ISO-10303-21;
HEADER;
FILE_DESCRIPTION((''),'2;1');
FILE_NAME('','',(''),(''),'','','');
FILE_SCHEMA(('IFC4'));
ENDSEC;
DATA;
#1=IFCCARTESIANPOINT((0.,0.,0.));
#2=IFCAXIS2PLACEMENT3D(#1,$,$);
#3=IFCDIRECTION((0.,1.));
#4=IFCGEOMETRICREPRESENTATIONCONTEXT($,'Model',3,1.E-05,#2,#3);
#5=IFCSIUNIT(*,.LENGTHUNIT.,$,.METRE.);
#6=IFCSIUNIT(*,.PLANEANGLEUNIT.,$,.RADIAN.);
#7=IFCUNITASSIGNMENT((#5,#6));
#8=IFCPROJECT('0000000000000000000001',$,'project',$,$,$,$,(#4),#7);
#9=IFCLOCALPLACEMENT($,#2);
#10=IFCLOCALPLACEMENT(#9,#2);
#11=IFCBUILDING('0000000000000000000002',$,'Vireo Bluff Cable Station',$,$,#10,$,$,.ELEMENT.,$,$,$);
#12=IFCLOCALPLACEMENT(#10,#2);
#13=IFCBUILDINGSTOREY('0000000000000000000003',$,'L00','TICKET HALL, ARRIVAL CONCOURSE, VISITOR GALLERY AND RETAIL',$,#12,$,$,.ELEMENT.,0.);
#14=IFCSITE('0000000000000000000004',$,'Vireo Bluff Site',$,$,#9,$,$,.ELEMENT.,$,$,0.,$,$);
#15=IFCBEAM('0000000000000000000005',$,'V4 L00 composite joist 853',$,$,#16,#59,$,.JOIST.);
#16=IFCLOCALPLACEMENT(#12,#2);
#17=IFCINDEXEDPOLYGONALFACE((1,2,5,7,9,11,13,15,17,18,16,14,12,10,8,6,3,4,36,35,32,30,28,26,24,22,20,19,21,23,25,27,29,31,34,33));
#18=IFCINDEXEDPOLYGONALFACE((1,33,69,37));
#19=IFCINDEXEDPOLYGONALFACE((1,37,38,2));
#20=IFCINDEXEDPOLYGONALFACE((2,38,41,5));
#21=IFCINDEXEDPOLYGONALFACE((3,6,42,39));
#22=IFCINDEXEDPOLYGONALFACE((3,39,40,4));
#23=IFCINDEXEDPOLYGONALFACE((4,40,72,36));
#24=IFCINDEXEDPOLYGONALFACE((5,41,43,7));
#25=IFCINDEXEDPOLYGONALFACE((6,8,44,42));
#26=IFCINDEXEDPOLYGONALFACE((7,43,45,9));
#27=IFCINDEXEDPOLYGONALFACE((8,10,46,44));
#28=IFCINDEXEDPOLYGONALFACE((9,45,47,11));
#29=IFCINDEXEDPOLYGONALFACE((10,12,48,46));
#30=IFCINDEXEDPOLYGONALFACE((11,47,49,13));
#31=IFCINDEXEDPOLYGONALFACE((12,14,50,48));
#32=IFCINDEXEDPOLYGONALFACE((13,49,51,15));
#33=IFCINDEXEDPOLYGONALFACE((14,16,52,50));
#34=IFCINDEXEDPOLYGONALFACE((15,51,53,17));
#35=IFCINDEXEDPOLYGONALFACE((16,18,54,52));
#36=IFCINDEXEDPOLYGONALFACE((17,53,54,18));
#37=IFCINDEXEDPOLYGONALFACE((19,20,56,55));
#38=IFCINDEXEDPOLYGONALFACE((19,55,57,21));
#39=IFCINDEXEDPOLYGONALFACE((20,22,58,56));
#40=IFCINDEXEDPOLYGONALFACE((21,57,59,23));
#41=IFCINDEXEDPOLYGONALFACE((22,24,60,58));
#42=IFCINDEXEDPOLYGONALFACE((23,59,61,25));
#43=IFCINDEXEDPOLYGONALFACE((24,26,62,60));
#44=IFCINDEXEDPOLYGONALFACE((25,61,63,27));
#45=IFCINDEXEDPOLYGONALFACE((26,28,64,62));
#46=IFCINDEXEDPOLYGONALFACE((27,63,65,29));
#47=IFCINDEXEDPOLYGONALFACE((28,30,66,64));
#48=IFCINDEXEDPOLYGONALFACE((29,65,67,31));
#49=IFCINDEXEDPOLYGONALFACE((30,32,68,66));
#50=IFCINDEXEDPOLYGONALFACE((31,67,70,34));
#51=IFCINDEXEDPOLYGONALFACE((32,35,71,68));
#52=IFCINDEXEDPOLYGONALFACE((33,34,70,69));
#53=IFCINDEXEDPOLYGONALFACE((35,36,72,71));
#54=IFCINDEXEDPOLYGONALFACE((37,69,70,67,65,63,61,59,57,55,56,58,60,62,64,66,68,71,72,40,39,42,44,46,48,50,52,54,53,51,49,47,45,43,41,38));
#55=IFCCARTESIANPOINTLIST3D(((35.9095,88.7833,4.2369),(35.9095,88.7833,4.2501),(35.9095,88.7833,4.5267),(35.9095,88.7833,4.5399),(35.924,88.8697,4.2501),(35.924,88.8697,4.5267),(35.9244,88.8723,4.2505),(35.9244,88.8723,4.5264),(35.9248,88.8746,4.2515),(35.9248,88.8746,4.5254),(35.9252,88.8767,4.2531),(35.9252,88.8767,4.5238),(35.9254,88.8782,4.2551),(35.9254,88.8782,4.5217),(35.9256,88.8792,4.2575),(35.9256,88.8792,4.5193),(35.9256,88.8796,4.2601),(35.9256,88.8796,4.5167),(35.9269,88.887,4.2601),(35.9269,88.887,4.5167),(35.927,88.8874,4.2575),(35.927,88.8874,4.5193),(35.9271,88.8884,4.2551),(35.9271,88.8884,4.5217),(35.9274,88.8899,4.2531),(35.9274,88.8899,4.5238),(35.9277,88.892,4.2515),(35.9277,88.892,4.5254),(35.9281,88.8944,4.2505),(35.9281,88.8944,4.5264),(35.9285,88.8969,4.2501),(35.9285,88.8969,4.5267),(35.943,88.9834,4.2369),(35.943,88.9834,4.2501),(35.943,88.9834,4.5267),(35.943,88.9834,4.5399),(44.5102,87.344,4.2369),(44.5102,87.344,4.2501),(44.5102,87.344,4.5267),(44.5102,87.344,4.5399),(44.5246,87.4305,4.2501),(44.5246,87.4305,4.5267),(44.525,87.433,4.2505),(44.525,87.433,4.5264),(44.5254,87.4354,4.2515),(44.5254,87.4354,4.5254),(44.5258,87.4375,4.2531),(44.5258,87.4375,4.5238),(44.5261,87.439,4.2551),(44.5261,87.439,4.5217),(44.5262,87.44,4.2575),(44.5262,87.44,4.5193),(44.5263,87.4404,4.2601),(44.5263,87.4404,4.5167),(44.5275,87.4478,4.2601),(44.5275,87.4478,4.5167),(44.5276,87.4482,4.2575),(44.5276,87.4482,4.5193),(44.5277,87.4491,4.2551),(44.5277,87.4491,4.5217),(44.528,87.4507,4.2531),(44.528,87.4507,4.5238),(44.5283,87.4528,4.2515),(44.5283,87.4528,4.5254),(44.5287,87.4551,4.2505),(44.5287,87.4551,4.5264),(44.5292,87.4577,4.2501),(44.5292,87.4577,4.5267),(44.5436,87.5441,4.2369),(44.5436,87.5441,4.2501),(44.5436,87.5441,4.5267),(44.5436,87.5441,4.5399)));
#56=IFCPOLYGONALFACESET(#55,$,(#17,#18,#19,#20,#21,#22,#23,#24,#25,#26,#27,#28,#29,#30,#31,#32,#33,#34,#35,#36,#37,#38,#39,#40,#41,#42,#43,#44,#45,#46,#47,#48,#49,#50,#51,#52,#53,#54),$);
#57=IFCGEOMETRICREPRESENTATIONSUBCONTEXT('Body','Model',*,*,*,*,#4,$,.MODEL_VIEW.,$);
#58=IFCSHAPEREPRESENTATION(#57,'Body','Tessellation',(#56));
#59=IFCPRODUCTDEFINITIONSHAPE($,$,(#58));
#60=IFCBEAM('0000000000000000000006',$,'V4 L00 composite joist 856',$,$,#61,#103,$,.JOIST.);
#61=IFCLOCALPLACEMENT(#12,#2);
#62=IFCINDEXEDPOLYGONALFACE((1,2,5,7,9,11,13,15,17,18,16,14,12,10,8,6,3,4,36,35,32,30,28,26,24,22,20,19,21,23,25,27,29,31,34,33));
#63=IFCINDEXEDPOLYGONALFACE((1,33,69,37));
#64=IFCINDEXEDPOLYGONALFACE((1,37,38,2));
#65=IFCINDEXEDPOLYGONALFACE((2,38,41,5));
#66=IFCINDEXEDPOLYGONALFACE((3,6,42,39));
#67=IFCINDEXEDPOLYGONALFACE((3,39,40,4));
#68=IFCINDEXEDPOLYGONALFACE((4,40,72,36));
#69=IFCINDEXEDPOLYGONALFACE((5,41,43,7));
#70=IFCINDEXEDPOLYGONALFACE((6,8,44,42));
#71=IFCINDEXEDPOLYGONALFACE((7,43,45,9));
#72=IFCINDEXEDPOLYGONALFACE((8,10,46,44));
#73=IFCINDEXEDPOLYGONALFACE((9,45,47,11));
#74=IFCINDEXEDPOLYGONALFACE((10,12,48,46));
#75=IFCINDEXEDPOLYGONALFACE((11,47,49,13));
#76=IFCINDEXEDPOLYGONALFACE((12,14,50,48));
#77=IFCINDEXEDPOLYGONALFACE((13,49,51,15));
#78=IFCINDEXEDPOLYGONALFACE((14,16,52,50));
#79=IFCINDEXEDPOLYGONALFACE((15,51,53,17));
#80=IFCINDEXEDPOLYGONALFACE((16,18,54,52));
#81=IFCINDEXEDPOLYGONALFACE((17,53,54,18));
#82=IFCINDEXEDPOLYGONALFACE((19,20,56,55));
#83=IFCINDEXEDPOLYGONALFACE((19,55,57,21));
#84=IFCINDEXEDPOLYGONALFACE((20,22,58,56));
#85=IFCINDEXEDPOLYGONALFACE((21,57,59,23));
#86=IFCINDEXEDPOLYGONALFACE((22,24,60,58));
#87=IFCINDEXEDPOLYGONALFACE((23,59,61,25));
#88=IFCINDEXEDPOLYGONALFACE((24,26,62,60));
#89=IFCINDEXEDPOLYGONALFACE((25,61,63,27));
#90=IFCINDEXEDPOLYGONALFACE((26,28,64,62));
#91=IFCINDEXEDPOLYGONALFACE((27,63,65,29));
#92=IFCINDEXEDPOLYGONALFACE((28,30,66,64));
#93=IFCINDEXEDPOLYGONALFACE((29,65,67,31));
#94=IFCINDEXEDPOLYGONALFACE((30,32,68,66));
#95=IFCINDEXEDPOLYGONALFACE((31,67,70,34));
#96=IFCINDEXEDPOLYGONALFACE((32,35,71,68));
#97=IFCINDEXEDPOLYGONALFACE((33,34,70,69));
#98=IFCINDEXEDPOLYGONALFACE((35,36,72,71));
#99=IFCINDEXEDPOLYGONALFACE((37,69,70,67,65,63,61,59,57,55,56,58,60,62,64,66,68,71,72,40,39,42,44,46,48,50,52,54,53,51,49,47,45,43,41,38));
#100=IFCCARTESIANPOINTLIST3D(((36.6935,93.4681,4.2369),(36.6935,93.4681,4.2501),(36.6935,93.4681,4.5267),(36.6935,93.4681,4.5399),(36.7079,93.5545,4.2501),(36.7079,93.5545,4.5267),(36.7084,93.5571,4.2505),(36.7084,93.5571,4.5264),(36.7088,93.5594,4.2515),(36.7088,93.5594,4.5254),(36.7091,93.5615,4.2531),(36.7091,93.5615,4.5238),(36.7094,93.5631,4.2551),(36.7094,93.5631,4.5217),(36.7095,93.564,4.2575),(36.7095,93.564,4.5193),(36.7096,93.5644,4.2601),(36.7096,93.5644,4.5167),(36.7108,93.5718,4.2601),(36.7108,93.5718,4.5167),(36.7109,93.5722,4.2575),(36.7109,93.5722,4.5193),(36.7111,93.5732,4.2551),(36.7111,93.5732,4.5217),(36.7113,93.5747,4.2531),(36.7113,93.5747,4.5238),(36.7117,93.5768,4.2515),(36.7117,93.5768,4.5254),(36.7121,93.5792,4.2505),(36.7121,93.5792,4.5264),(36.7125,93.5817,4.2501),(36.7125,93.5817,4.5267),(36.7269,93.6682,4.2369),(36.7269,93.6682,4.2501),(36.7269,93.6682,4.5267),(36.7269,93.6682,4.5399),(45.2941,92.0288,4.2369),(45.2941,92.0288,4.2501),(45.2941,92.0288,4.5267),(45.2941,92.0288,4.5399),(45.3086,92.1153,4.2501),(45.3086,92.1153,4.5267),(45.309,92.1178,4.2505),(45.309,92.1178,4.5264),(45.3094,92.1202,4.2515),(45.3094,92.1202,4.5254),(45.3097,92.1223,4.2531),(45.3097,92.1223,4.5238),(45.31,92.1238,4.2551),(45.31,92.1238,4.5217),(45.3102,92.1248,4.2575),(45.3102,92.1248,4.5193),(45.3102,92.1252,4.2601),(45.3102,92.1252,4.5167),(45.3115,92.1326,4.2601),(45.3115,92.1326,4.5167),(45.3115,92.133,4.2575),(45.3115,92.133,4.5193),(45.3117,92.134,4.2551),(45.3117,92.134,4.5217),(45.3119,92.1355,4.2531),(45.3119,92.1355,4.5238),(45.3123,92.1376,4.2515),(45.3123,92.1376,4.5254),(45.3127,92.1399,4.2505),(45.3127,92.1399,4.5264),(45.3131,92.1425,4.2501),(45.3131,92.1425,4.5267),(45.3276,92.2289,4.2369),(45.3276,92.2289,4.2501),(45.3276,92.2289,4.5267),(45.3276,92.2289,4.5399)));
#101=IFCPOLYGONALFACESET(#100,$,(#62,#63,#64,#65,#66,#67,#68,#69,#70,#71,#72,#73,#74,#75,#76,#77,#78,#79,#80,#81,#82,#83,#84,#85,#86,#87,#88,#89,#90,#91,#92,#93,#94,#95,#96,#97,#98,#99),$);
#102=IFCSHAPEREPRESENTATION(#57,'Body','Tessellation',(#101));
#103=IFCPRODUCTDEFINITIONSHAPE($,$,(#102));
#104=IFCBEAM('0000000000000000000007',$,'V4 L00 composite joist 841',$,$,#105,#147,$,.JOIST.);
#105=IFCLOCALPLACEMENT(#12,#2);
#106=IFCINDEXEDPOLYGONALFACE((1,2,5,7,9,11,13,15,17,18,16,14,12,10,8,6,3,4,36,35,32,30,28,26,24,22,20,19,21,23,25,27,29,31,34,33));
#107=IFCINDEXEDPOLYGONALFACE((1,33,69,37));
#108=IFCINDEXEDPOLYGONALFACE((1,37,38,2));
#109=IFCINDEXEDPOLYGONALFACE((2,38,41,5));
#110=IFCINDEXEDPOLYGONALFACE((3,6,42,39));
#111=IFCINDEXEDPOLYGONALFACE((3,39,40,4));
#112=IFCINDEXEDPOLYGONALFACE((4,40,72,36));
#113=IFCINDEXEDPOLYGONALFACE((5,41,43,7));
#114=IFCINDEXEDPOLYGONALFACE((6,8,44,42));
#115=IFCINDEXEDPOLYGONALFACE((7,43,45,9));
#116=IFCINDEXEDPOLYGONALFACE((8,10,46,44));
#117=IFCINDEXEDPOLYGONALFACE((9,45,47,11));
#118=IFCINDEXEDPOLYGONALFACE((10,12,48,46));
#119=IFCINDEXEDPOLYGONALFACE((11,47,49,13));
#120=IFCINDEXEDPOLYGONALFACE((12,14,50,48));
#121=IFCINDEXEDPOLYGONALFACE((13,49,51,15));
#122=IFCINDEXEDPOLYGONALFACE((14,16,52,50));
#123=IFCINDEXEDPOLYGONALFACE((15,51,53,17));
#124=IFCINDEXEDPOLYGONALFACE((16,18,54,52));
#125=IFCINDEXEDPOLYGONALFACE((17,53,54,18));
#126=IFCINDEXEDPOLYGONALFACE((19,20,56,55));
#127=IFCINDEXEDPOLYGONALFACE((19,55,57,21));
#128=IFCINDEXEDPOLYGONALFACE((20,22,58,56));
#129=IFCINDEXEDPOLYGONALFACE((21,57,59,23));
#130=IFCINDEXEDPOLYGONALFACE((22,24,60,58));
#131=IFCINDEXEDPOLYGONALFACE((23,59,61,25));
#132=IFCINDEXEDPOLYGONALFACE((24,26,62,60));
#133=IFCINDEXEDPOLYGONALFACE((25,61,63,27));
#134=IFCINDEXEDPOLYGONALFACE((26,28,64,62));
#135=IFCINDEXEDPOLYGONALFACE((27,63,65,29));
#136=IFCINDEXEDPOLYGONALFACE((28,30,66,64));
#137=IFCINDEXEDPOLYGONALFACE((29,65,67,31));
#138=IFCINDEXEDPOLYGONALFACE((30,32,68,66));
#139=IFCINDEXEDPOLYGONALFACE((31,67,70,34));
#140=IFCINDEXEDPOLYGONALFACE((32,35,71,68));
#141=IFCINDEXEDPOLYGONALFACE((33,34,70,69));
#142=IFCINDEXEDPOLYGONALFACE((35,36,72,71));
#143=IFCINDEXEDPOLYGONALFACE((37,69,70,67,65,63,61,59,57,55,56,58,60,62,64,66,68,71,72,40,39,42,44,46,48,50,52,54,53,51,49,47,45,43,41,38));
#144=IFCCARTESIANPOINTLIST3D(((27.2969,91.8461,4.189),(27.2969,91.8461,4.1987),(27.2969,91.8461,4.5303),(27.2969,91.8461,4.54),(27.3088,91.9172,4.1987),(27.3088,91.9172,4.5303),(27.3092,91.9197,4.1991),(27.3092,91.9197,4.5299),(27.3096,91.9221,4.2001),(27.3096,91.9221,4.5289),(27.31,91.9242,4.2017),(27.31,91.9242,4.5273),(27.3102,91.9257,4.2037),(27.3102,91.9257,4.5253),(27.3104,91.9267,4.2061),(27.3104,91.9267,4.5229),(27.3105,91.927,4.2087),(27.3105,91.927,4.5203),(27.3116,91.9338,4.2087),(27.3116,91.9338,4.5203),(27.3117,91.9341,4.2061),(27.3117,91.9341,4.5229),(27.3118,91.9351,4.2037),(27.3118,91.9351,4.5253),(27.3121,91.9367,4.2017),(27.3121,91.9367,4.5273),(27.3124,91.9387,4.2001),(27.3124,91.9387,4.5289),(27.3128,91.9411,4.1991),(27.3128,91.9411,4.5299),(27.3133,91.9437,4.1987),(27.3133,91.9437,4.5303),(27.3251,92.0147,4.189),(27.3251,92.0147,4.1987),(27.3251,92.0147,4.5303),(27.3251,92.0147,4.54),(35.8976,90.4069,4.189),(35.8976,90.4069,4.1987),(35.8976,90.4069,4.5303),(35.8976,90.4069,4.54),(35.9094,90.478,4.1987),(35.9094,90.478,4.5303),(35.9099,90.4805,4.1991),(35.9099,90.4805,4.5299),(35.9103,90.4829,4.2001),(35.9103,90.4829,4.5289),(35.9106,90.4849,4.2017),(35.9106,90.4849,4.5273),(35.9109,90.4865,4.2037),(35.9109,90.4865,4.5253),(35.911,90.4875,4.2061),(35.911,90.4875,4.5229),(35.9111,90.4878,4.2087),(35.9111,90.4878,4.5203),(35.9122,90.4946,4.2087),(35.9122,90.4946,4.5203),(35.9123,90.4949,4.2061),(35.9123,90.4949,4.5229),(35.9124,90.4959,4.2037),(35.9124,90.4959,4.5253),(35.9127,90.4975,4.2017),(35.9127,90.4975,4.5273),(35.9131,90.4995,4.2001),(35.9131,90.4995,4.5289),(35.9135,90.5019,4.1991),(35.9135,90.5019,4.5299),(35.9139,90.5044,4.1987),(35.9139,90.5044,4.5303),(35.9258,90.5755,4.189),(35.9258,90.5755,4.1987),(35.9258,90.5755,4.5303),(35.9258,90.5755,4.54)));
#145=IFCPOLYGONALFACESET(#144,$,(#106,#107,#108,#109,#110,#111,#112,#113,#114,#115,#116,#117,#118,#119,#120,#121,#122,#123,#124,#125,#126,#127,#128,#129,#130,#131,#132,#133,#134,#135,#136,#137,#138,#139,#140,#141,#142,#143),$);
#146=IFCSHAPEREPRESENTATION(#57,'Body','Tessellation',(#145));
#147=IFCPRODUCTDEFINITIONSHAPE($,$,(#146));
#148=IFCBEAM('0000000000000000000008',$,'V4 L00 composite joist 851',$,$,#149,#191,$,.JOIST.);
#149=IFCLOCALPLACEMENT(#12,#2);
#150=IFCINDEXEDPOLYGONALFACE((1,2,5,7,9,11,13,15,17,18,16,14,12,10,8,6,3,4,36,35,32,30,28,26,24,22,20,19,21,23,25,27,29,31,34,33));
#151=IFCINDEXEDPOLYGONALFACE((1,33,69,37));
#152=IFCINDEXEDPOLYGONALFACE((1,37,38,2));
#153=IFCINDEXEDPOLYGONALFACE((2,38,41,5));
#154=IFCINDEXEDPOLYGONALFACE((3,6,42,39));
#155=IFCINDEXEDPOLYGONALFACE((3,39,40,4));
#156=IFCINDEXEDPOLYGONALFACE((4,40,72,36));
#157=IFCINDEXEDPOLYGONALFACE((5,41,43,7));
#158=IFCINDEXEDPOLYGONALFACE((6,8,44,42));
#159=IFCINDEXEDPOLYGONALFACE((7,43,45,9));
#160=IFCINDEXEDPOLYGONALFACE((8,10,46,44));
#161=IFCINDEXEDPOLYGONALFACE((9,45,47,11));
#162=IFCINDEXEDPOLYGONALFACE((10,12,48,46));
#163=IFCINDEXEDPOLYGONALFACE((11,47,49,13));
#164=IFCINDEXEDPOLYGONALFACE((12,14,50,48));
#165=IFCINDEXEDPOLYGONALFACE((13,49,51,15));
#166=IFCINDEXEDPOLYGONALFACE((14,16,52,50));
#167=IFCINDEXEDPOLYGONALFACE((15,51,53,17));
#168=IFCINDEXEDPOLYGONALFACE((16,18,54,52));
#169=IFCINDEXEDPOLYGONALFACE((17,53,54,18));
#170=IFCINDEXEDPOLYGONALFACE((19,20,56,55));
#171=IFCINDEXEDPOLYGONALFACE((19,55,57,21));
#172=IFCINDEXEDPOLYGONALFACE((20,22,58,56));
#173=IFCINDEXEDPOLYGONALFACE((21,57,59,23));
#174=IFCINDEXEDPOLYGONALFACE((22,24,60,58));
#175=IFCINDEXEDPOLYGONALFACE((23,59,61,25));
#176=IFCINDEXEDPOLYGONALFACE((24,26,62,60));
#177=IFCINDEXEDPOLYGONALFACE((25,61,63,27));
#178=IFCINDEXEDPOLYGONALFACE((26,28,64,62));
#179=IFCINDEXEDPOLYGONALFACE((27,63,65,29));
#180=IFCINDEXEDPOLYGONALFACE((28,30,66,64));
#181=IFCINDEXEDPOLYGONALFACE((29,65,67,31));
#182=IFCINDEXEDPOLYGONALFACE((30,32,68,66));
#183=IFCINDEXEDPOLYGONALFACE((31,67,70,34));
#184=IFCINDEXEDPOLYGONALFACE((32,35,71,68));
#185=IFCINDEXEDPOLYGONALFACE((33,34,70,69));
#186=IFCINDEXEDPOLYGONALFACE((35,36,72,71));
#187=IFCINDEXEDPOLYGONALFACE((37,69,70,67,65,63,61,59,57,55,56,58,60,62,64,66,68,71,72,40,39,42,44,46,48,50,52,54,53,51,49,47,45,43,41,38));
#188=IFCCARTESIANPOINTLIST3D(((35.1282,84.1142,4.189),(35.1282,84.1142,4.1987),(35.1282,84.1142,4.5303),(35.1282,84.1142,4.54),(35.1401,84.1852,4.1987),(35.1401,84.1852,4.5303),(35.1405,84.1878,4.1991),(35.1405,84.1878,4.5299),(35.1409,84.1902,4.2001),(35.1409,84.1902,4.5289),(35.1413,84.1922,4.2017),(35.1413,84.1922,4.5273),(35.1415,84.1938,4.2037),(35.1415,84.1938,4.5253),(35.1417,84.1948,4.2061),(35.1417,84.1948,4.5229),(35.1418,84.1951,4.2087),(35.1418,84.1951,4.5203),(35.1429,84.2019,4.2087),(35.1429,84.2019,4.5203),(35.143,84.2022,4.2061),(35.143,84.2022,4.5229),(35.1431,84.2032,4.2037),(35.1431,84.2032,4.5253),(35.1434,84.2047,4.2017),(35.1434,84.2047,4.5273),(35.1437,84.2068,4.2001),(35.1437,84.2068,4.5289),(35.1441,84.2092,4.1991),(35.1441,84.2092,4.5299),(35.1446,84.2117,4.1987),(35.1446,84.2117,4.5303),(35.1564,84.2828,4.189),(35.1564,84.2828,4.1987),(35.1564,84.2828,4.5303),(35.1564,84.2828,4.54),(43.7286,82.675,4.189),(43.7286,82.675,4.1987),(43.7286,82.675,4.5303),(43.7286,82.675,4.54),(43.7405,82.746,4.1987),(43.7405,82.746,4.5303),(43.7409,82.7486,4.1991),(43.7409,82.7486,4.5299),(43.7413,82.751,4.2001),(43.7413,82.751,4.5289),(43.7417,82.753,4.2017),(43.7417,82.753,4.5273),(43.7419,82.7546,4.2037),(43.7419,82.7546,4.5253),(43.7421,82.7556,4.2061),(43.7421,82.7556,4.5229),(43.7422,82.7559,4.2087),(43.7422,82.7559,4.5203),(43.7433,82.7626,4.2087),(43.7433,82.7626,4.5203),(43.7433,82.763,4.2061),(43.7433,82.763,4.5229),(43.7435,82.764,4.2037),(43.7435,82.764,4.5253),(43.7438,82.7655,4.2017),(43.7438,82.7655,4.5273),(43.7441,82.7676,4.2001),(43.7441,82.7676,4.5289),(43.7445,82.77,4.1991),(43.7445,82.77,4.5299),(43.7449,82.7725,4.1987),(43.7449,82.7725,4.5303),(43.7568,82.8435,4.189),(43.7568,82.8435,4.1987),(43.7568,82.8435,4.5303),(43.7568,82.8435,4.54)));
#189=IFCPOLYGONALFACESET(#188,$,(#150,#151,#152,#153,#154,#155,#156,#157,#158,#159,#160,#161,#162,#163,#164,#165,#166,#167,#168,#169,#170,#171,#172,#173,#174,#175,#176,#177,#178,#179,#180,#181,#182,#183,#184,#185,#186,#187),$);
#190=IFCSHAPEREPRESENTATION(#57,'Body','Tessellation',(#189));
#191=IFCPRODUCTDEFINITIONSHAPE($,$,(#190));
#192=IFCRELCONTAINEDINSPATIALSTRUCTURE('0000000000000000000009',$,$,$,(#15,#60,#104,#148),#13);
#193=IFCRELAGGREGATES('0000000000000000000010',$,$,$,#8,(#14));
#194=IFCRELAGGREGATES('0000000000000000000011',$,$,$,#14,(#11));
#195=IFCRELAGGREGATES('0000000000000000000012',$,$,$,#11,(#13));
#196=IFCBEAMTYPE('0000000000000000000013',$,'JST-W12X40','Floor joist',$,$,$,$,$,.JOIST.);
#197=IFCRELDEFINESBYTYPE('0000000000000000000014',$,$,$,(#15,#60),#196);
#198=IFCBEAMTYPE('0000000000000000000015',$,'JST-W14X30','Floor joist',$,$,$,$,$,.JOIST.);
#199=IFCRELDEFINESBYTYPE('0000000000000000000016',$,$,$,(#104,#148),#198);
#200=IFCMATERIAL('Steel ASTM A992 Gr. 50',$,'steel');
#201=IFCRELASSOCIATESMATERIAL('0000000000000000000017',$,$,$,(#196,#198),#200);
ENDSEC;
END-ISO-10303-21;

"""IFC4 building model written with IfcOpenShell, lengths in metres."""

from ifc_helpers import new_model, si_unit, direction, frame, origin, origin_2d, place, context, subcontext, project, spatial, i_section, extrude, material, material_profile, profile_set, type_object, element, save


model = new_model("IFC4")

# Units and contexts
model_context = context("Model", 3, precision=1e-05, world=origin(), true_north=direction((0.0, 1.0)))
body_context = subcontext(model_context, "Body", "Model", "MODEL_VIEW")
ifc_project = project(units=[si_unit("LENGTHUNIT", "METRE"), si_unit("PLANEANGLEUNIT", "RADIAN")], contexts=[model_context])

# Site, building, storey
site_placement = place(None, origin())
site = spatial("IfcSite", under=ifc_project, at=site_placement, Name="Vireo Bluff Site", CompositionType="ELEMENT", RefElevation=0.0)
building_placement = place(site_placement, origin())
building = spatial("IfcBuilding", under=site, at=building_placement, Name="Vireo Bluff Cable Station", CompositionType="ELEMENT")
storey_placement = place(building_placement, origin())
storey = spatial("IfcBuildingStorey", under=building, at=storey_placement, Name="L00", Description="TICKET HALL, ARRIVAL CONCOURSE, VISITOR GALLERY AND RETAIL", CompositionType="ELEMENT", Elevation=0.0)

# Shared definitions
ifc_material_1 = material(Name="Steel ASTM A992 Gr. 50", Category="steel")

# Beams
ifc_material_profile_1 = material_profile(ifc_material_1, i_section(OverallWidth=0.2029, OverallDepth=0.303, WebThickness=0.0076, FlangeThickness=0.0132, FilletRadius=0.01, at=origin_2d()), Name="W12X40")
ifc_profile_set_1 = profile_set([ifc_material_profile_1], Name="Steel ASTM A992 Gr. 50")
beam_type_1 = type_object("IfcBeamType", Name="JST-W12X40", Description="Floor joist", PredefinedType="JOIST", material=ifc_profile_set_1)
for number, where, z_axis, x_axis, name in (
    (1, (35.9263, 88.8833, 4.3884), (0.986286, -0.165044, 0.0), (0.165044, 0.986286, 0.0), "V4 L00 composite joist 853"),
    (2, (36.7102, 93.5681, 4.3884), (0.986286, -0.165044, 0.0), (0.165044, 0.986286, 0.0), "V4 L00 composite joist 856"),
):
    element("IfcBeam", number, at=place(storey_placement, frame(where, z_axis=z_axis, x_axis=x_axis)), inside=storey, type_object=beam_type_1, Name=name, PredefinedType="JOIST", context=body_context, shape_type="SweptSolid", body=[
        extrude(i_section(OverallWidth=0.2029, OverallDepth=0.303, WebThickness=0.0076, FlangeThickness=0.0132, FilletRadius=0.01, at=origin_2d()), origin(), (0.0, 0.0, 1.0), 8.7202),
    ])
ifc_material_profile_2 = material_profile(ifc_material_1, i_section(OverallWidth=0.1709, OverallDepth=0.3511, WebThickness=0.0068, FlangeThickness=0.0098, FilletRadius=0.01, at=origin_2d()), Name="W14X30")
ifc_profile_set_2 = profile_set([ifc_material_profile_2], Name="Steel ASTM A992 Gr. 50")
beam_type_2 = type_object("IfcBeamType", Name="JST-W14X30", Description="Floor joist", PredefinedType="JOIST", material=ifc_profile_set_2)
beam_1_placement = place(storey_placement, frame((27.311, 91.9304, 4.3645), z_axis=(0.986286, -0.165044, 0.0), x_axis=(0.165044, 0.986286, 0.0)))
element("IfcBeam", 3, at=beam_1_placement, inside=storey, type_object=beam_type_2, Name="V4 L00 composite joist 841", PredefinedType="JOIST", context=body_context, shape_type="SweptSolid", body=[
    extrude(i_section(OverallWidth=0.1709, OverallDepth=0.3511, WebThickness=0.0068, FlangeThickness=0.0098, FilletRadius=0.01, at=origin_2d()), origin(), (0.0, 0.0, 1.0), 8.7202),
])
beam_2_placement = place(storey_placement, frame((35.1423, 84.1985, 4.3645), z_axis=(0.986286, -0.165048, 0.0), x_axis=(0.165048, 0.986286, 0.0)))
element("IfcBeam", 4, at=beam_2_placement, inside=storey, type_object=beam_type_2, Name="V4 L00 composite joist 851", PredefinedType="JOIST", context=body_context, shape_type="SweptSolid", body=[
    extrude(i_section(OverallWidth=0.1709, OverallDepth=0.3511, WebThickness=0.0068, FlangeThickness=0.0098, FilletRadius=0.01, at=origin_2d()), origin(), (0.0, 0.0, 1.0), 8.72),
])

save(model, "model.ifc")
